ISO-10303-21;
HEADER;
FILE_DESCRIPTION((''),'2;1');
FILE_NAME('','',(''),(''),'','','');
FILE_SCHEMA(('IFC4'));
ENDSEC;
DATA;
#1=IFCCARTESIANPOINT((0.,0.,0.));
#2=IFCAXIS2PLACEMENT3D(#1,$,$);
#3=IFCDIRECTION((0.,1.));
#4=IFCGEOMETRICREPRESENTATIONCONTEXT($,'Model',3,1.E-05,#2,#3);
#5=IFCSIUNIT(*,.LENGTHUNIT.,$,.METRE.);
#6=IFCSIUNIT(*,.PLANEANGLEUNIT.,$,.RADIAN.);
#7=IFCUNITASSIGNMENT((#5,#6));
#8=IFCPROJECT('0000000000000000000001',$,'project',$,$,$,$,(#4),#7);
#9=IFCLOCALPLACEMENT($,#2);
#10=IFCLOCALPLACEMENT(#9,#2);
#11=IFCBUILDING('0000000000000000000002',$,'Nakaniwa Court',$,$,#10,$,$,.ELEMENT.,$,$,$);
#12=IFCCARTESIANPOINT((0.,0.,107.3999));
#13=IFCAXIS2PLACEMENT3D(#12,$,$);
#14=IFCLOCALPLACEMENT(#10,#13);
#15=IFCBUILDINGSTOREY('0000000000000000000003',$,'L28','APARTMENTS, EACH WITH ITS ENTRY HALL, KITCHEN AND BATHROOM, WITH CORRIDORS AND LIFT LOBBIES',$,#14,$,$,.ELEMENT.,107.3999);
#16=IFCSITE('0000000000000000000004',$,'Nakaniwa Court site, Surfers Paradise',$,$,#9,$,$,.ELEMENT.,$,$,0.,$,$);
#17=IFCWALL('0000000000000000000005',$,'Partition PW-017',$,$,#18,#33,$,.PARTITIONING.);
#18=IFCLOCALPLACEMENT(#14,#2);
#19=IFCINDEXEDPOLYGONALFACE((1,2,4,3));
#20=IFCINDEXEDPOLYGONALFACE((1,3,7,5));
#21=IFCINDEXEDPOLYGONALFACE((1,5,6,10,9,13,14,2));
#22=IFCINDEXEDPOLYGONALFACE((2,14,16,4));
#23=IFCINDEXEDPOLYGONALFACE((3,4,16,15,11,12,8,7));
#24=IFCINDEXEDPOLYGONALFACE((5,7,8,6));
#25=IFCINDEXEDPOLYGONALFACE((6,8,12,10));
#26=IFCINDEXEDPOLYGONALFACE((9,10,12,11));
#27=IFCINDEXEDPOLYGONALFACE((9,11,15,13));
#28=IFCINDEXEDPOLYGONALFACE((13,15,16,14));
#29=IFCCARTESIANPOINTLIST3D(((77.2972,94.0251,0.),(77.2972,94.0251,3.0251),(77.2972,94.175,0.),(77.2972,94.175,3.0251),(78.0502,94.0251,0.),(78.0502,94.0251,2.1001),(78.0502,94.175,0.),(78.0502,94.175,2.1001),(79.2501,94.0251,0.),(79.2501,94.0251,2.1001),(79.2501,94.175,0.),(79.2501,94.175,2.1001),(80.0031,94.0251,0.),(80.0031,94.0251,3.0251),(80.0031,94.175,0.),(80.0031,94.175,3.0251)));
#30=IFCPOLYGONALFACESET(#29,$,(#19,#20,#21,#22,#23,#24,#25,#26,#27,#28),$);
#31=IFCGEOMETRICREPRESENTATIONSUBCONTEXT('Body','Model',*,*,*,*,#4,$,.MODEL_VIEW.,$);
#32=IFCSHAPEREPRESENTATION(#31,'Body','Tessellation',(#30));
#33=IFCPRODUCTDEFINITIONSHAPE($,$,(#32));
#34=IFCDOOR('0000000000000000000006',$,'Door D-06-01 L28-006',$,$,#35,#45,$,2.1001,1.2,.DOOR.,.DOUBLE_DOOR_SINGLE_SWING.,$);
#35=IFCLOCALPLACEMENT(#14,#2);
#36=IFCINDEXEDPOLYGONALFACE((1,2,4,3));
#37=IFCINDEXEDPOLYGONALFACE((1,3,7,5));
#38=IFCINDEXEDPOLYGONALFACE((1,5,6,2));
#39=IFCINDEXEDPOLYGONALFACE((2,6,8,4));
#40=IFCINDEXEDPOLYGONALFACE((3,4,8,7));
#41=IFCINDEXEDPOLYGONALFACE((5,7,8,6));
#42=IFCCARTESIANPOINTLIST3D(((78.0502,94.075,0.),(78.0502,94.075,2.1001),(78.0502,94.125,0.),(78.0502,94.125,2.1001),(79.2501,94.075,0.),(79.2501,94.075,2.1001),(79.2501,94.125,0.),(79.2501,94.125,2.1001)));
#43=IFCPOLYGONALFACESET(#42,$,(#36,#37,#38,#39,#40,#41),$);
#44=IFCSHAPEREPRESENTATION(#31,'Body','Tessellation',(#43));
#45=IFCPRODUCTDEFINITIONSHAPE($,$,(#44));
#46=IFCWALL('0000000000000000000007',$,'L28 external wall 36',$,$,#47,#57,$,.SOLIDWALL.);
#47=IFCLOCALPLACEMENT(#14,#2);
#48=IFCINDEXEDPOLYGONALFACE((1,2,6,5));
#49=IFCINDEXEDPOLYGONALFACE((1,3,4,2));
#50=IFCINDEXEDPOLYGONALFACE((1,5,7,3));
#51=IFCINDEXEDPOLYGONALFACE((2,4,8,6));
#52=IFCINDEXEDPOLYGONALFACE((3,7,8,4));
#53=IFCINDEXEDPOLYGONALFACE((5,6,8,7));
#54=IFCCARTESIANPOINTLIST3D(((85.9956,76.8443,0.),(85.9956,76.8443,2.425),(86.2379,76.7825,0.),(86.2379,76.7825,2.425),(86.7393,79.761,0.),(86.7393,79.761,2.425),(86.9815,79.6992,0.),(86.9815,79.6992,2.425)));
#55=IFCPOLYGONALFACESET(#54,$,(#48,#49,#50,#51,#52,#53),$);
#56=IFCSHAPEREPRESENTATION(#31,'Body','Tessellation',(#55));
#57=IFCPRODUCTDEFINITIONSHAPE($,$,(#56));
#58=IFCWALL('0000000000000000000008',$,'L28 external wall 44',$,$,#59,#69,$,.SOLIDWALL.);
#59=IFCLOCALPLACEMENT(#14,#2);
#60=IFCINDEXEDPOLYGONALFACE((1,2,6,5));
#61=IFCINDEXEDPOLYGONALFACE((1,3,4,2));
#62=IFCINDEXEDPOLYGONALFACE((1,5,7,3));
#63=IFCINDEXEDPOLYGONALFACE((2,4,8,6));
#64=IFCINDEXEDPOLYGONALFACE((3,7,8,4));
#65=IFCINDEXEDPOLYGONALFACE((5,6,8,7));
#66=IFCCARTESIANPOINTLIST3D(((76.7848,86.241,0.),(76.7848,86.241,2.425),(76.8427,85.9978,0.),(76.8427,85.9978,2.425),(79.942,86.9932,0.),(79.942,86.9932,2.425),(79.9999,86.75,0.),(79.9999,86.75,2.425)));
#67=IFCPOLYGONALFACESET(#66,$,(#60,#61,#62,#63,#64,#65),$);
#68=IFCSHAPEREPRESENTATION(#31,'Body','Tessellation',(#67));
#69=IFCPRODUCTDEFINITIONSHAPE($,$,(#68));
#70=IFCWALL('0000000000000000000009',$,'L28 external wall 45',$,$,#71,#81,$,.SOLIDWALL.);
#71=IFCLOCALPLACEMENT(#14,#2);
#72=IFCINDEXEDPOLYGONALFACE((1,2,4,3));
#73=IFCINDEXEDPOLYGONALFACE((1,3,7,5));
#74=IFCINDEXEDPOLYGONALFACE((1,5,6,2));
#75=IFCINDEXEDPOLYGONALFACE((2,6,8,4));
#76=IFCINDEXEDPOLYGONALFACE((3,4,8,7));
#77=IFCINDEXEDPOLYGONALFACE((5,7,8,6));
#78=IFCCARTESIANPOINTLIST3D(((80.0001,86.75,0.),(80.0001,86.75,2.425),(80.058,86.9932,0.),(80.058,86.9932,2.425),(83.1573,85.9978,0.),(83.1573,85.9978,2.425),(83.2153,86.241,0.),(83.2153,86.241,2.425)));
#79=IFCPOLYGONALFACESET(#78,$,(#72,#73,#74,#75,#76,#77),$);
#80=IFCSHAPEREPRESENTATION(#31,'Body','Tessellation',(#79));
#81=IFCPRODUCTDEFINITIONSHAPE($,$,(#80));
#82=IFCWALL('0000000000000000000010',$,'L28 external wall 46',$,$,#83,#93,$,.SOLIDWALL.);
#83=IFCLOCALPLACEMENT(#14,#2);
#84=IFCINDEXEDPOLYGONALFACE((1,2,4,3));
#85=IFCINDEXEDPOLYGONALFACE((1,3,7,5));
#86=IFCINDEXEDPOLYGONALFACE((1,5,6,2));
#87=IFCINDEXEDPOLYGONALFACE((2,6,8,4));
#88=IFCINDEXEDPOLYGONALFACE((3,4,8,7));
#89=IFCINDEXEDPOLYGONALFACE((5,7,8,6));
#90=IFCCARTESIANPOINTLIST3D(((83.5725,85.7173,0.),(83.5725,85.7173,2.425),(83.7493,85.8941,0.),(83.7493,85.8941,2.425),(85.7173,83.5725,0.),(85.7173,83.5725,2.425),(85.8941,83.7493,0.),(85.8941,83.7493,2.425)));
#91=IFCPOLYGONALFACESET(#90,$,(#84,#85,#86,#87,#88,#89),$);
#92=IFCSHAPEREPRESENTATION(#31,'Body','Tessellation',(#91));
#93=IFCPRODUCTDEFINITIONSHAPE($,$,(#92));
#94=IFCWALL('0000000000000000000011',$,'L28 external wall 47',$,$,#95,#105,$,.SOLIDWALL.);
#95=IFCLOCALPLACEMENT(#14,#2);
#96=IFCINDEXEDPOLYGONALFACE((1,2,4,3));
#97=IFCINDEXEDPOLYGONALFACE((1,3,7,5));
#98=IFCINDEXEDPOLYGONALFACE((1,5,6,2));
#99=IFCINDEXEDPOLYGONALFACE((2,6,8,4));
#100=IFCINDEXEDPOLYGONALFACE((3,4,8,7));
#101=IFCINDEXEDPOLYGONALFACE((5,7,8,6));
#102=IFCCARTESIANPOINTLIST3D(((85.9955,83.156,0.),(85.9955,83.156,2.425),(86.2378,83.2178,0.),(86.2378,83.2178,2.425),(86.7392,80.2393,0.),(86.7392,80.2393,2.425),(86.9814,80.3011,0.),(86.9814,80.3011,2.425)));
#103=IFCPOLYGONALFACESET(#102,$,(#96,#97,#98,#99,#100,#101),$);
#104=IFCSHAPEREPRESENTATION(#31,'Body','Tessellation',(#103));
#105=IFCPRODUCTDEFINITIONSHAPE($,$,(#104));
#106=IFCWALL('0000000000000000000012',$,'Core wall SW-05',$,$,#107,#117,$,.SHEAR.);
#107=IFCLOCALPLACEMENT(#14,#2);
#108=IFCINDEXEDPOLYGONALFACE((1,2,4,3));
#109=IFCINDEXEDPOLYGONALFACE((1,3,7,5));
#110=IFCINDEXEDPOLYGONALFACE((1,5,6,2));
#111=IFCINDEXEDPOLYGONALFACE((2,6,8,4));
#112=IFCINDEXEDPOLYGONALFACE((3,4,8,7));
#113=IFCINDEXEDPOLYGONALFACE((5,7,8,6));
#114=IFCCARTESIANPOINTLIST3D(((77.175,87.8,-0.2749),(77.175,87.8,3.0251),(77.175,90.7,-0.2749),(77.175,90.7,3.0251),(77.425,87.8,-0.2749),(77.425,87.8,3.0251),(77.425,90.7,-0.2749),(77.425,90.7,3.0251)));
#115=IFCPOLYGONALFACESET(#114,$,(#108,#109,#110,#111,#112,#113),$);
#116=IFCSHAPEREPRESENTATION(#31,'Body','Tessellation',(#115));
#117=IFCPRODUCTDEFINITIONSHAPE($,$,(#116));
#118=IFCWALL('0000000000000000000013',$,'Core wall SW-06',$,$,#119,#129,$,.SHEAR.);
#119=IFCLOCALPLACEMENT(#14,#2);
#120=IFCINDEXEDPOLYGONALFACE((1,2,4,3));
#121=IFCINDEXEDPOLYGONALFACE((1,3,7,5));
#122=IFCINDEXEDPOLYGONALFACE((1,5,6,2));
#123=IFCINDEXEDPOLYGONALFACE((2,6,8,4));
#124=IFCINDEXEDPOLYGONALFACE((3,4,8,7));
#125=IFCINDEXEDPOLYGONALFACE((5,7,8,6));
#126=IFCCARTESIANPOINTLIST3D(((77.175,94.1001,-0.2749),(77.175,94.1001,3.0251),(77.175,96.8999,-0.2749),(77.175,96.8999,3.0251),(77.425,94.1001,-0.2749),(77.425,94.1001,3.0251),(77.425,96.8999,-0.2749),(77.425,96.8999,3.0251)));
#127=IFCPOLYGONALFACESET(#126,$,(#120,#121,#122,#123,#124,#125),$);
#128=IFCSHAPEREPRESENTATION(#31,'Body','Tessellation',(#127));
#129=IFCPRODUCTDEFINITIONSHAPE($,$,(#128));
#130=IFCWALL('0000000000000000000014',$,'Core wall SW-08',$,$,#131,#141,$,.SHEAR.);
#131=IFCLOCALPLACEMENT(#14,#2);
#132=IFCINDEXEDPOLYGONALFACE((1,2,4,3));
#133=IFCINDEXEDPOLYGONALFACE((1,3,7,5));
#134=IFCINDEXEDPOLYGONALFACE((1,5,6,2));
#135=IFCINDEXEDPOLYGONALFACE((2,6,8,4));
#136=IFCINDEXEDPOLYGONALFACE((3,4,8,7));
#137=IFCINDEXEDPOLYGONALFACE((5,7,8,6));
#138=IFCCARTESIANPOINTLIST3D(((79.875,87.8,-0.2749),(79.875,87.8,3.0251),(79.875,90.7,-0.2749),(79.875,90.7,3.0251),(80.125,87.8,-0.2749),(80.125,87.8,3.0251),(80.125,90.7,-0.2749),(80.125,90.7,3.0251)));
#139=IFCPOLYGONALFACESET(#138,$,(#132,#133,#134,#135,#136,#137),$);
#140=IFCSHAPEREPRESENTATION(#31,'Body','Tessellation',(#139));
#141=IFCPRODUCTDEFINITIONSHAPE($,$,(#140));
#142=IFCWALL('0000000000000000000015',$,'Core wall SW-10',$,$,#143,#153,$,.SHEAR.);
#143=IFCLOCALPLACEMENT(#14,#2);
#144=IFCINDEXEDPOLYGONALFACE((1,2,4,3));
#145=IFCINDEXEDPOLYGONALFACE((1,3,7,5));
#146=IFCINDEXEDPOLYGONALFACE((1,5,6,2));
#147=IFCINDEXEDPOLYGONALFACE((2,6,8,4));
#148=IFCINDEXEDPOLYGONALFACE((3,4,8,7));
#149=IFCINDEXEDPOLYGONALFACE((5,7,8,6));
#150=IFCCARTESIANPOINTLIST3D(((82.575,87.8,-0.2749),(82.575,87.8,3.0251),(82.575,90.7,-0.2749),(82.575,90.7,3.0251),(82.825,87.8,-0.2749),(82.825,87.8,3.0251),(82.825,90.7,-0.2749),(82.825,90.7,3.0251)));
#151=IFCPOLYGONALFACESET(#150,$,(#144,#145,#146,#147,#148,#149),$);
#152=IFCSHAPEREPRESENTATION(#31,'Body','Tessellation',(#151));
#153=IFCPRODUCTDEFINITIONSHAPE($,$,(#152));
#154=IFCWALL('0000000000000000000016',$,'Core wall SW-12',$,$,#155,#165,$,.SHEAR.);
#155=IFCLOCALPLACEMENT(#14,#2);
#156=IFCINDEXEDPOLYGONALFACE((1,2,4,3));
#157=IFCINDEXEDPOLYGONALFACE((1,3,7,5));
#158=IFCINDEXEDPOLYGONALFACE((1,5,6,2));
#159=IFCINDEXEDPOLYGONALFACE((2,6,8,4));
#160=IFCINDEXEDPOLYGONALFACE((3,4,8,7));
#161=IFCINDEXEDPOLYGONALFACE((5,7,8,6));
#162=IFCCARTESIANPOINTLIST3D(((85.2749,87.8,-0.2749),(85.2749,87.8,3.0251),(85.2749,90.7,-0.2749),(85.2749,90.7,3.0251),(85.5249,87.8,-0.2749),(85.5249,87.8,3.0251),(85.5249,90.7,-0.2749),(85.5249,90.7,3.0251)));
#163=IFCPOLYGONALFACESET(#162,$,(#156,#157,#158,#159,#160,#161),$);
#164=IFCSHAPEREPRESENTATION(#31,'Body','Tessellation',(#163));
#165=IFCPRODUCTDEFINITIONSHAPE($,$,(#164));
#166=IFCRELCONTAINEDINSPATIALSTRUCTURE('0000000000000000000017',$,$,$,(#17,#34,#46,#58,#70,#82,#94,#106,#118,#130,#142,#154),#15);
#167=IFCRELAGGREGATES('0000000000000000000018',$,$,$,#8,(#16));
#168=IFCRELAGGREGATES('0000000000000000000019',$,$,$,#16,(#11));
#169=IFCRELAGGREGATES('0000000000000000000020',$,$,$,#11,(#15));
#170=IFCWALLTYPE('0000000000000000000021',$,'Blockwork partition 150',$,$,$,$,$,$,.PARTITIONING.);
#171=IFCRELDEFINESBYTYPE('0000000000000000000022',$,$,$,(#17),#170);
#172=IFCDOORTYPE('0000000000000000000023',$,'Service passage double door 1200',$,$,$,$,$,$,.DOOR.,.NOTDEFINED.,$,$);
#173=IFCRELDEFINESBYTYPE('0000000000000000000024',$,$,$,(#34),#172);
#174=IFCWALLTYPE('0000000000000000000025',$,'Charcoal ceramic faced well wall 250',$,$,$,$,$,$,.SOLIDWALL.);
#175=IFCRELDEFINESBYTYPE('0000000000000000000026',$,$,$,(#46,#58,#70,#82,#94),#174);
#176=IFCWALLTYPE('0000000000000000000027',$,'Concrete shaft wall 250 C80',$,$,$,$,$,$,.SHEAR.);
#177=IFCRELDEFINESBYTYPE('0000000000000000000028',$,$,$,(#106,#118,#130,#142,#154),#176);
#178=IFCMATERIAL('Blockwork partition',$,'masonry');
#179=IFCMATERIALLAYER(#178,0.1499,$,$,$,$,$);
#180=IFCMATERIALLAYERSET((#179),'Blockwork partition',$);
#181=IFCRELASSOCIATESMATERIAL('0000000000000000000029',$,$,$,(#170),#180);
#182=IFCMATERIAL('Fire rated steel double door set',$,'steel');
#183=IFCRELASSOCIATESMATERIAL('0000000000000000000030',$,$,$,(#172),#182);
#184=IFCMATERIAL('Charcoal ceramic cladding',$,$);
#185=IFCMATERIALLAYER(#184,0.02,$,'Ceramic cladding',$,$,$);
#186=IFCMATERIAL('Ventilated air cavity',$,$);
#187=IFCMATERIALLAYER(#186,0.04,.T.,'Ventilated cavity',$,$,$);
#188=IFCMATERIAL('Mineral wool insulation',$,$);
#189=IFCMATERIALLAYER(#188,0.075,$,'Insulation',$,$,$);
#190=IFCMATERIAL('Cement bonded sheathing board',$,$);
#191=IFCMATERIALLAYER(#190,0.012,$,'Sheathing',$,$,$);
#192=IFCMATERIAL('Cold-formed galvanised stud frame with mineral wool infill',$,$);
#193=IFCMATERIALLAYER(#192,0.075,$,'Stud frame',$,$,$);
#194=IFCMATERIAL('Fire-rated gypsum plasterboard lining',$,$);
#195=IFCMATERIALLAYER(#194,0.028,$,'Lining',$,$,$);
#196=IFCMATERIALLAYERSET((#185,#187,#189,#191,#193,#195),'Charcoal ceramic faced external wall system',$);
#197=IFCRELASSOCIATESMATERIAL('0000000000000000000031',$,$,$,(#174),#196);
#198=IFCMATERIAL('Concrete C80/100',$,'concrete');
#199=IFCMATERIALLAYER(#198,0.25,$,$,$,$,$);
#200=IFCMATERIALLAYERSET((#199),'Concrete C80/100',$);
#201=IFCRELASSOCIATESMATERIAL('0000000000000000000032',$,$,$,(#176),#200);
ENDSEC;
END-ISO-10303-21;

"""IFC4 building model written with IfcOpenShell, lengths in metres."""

from ifc_helpers import new_model, si_unit, direction, frame, frame_2d, origin, place, context, subcontext, project, spatial, rectangle, extrude, material, layer, layer_set, type_object, element, fill, save


model = new_model("IFC4")

# Units and contexts
model_context = context("Model", 3, precision=1e-05, world=origin(), true_north=direction((0.0, 1.0)))
body_context = subcontext(model_context, "Body", "Model", "MODEL_VIEW")
ifc_project = project(units=[si_unit("LENGTHUNIT", "METRE"), si_unit("PLANEANGLEUNIT", "RADIAN")], contexts=[model_context])

# Site, building, storey
site_placement = place(None, origin())
site = spatial("IfcSite", under=ifc_project, at=site_placement, Name="Nakaniwa Court site, Surfers Paradise", CompositionType="ELEMENT", RefElevation=0.0)
building_placement = place(site_placement, origin())
building = spatial("IfcBuilding", under=site, at=building_placement, Name="Nakaniwa Court", CompositionType="ELEMENT")
storey_placement = place(building_placement, frame((0.0, 0.0, 107.3999)))
storey = spatial("IfcBuildingStorey", under=building, at=storey_placement, Name="L28", Description="APARTMENTS, EACH WITH ITS ENTRY HALL, KITCHEN AND BATHROOM, WITH CORRIDORS AND LIFT LOBBIES", CompositionType="ELEMENT", Elevation=107.3999)

# Shared definitions
ifc_material_1 = material(Name="Concrete C80/100", Category="concrete")

# Wall, opening, door
ifc_material_2 = material(Name="Blockwork partition", Category="masonry")
ifc_layer_1 = layer(ifc_material_2, 0.1499)
ifc_layer_set_1 = layer_set([ifc_layer_1], Name="Blockwork partition")
wall_type_1 = type_object("IfcWallType", Name="Blockwork partition 150", PredefinedType="PARTITIONING", material=ifc_layer_set_1)
wall_1_placement = place(storey_placement, frame((77.2971, 94.1001, 0.0), z_axis=(0.0, 0.0, 1.0), x_axis=(1.0, 0.0, 0.0)))
wall_1 = element("IfcWall", 1, at=wall_1_placement, inside=storey, type_object=wall_type_1, Name="Partition PW-017", PredefinedType="PARTITIONING", context=body_context, shape_type="SweptSolid", body=[
    extrude(rectangle(XDim=2.7058, YDim=0.1499, at=frame_2d((1.353, 0.0))), origin(), (0.0, 0.0, 1.0), 3.0251),
])
opening_1_placement = place(wall_1_placement, frame((0.7529, 0.0, 0.0)))
opening_1 = element("IfcOpeningElement", 2, at=opening_1_placement, cuts=wall_1, PredefinedType="OPENING", context=body_context, shape_type="SweptSolid", body=[
    extrude(rectangle(XDim=1.2, YDim=2.1001, at=frame_2d((0.6001, 1.05))), frame((0.0, 0.085, 0.0), z_axis=(0.0, -1.0, 0.0), x_axis=(1.0, 0.0, 0.0)), (0.0, 0.0, 1.0), 0.1699),
])
ifc_material_3 = material(Name="Fire rated steel double door set", Category="steel")
door_type_1 = type_object("IfcDoorType", Name="Service passage double door 1200", OperationType="NOTDEFINED", PredefinedType="DOOR", material=ifc_material_3)
door_1_placement = place(opening_1_placement, origin())
door_1 = element("IfcDoor", 3, at=door_1_placement, inside=storey, type_object=door_type_1, Name="Door D-06-01 L28-006", OperationType="DOUBLE_DOOR_SINGLE_SWING", OverallHeight=2.1001, OverallWidth=1.2, PredefinedType="DOOR", context=body_context, shape_type="SweptSolid", body=[
    extrude(rectangle(XDim=1.2, YDim=2.1001, at=frame_2d((0.6001, 1.05))), frame((0.0, 0.0249, 0.0), z_axis=(0.0, -1.0, 0.0), x_axis=(1.0, 0.0, 0.0)), (0.0, 0.0, 1.0), 0.05),
])
fill(opening_1, door_1)

# Walls
ifc_material_4 = material(Name="Charcoal ceramic cladding")
ifc_layer_2 = layer(ifc_material_4, 0.02, Name="Ceramic cladding")
ifc_material_5 = material(Name="Ventilated air cavity")
ifc_layer_3 = layer(ifc_material_5, 0.04, ventilated=True, Name="Ventilated cavity")
ifc_material_6 = material(Name="Mineral wool insulation")
ifc_layer_4 = layer(ifc_material_6, 0.075, Name="Insulation")
ifc_material_7 = material(Name="Cement bonded sheathing board")
ifc_layer_5 = layer(ifc_material_7, 0.012, Name="Sheathing")
ifc_material_8 = material(Name="Cold-formed galvanised stud frame with mineral wool infill")
ifc_layer_6 = layer(ifc_material_8, 0.075, Name="Stud frame")
ifc_material_9 = material(Name="Fire-rated gypsum plasterboard lining")
ifc_layer_7 = layer(ifc_material_9, 0.028, Name="Lining")
ifc_layer_set_2 = layer_set([ifc_layer_2, ifc_layer_3, ifc_layer_4, ifc_layer_5, ifc_layer_6, ifc_layer_7], Name="Charcoal ceramic faced external wall system")
wall_type_2 = type_object("IfcWallType", Name="Charcoal ceramic faced well wall 250", PredefinedType="SOLIDWALL", material=ifc_layer_set_2)
wall_2_placement = place(storey_placement, frame((86.8604, 79.73, 0.0), z_axis=(0.0, 0.0, 1.0), x_axis=(-0.247056, -0.969001, 0.0)))
element("IfcWall", 4, at=wall_2_placement, inside=storey, type_object=wall_type_2, Name="L28 external wall 36", PredefinedType="SOLIDWALL", context=body_context, shape_type="SweptSolid", body=[
    extrude(rectangle(XDim=3.01, YDim=0.25, at=frame_2d((1.5049, 0.0))), origin(), (0.0, 0.0, 1.0), 2.425),
])
for number, where, z_axis, x_axis, name in (
    (5, (76.8137, 86.1194, 0.0), (0.0, 0.0, 1.0), (0.972773, 0.23176, 0.0), "L28 external wall 44"),
    (6, (80.0291, 86.8716, 0.0), (0.0, 0.0, 1.0), (0.972773, -0.23176, 0.0), "L28 external wall 45"),
):
    element("IfcWall", number, at=place(storey_placement, frame(where, z_axis=z_axis, x_axis=x_axis)), inside=storey, type_object=wall_type_2, Name=name, PredefinedType="SOLIDWALL", context=body_context, shape_type="SweptSolid", body=[
        extrude(rectangle(XDim=3.2456, YDim=0.25, at=frame_2d((1.6228, 0.0))), origin(), (0.0, 0.0, 1.0), 2.425),
    ])
wall_3_placement = place(storey_placement, frame((83.6609, 85.8057, 0.0), z_axis=(0.0, 0.0, 1.0), x_axis=(0.707107, -0.707107, 0.0)))
element("IfcWall", 7, at=wall_3_placement, inside=storey, type_object=wall_type_2, Name="L28 external wall 46", PredefinedType="SOLIDWALL", context=body_context, shape_type="SweptSolid", body=[
    extrude(rectangle(XDim=3.0332, YDim=0.25, at=frame_2d((1.5166, 0.0))), origin(), (0.0, 0.0, 1.0), 2.425),
])
wall_4_placement = place(storey_placement, frame((86.1167, 83.1868, 0.0), z_axis=(0.0, 0.0, 1.0), x_axis=(0.247056, -0.969001, 0.0)))
element("IfcWall", 8, at=wall_4_placement, inside=storey, type_object=wall_type_2, Name="L28 external wall 47", PredefinedType="SOLIDWALL", context=body_context, shape_type="SweptSolid", body=[
    extrude(rectangle(XDim=3.01, YDim=0.25, at=frame_2d((1.5049, 0.0))), origin(), (0.0, 0.0, 1.0), 2.425),
])
ifc_layer_8 = layer(ifc_material_1, 0.25)
ifc_layer_set_3 = layer_set([ifc_layer_8], Name="Concrete C80/100")
wall_type_3 = type_object("IfcWallType", Name="Concrete shaft wall 250 C80", PredefinedType="SHEAR", material=ifc_layer_set_3)
wall_5_placement = place(storey_placement, frame((77.3, 87.8, -0.2749), z_axis=(0.0, 0.0, 1.0), x_axis=(0.0, 1.0, 0.0)))
element("IfcWall", 9, at=wall_5_placement, inside=storey, type_object=wall_type_3, Name="Core wall SW-05", PredefinedType="SHEAR", context=body_context, shape_type="SweptSolid", body=[
    extrude(rectangle(XDim=2.8999, YDim=0.25, at=frame_2d((1.45, 0.0))), origin(), (0.0, 0.0, 1.0), 3.3),
])
wall_6_placement = place(storey_placement, frame((77.3, 94.1001, -0.2749), z_axis=(0.0, 0.0, 1.0), x_axis=(0.0, 1.0, 0.0)))
element("IfcWall", 10, at=wall_6_placement, inside=storey, type_object=wall_type_3, Name="Core wall SW-06", PredefinedType="SHEAR", context=body_context, shape_type="SweptSolid", body=[
    extrude(rectangle(XDim=2.7998, YDim=0.25, at=frame_2d((1.3999, 0.0))), origin(), (0.0, 0.0, 1.0), 3.3),
])
for number, where, z_axis, x_axis, name in (
    (11, (80.0, 87.8, -0.2749), (0.0, 0.0, 1.0), (0.0, 1.0, 0.0), "Core wall SW-08"),
    (12, (82.7, 87.8, -0.2749), (0.0, 0.0, 1.0), (0.0, 1.0, 0.0), "Core wall SW-10"),
    (13, (85.3999, 87.8, -0.2749), (0.0, 0.0, 1.0), (0.0, 1.0, 0.0), "Core wall SW-12"),
):
    element("IfcWall", number, at=place(storey_placement, frame(where, z_axis=z_axis, x_axis=x_axis)), inside=storey, type_object=wall_type_3, Name=name, PredefinedType="SHEAR", context=body_context, shape_type="SweptSolid", body=[
        extrude(rectangle(XDim=2.8999, YDim=0.25, at=frame_2d((1.45, 0.0))), origin(), (0.0, 0.0, 1.0), 3.3),
    ])

save(model, "model.ifc")
